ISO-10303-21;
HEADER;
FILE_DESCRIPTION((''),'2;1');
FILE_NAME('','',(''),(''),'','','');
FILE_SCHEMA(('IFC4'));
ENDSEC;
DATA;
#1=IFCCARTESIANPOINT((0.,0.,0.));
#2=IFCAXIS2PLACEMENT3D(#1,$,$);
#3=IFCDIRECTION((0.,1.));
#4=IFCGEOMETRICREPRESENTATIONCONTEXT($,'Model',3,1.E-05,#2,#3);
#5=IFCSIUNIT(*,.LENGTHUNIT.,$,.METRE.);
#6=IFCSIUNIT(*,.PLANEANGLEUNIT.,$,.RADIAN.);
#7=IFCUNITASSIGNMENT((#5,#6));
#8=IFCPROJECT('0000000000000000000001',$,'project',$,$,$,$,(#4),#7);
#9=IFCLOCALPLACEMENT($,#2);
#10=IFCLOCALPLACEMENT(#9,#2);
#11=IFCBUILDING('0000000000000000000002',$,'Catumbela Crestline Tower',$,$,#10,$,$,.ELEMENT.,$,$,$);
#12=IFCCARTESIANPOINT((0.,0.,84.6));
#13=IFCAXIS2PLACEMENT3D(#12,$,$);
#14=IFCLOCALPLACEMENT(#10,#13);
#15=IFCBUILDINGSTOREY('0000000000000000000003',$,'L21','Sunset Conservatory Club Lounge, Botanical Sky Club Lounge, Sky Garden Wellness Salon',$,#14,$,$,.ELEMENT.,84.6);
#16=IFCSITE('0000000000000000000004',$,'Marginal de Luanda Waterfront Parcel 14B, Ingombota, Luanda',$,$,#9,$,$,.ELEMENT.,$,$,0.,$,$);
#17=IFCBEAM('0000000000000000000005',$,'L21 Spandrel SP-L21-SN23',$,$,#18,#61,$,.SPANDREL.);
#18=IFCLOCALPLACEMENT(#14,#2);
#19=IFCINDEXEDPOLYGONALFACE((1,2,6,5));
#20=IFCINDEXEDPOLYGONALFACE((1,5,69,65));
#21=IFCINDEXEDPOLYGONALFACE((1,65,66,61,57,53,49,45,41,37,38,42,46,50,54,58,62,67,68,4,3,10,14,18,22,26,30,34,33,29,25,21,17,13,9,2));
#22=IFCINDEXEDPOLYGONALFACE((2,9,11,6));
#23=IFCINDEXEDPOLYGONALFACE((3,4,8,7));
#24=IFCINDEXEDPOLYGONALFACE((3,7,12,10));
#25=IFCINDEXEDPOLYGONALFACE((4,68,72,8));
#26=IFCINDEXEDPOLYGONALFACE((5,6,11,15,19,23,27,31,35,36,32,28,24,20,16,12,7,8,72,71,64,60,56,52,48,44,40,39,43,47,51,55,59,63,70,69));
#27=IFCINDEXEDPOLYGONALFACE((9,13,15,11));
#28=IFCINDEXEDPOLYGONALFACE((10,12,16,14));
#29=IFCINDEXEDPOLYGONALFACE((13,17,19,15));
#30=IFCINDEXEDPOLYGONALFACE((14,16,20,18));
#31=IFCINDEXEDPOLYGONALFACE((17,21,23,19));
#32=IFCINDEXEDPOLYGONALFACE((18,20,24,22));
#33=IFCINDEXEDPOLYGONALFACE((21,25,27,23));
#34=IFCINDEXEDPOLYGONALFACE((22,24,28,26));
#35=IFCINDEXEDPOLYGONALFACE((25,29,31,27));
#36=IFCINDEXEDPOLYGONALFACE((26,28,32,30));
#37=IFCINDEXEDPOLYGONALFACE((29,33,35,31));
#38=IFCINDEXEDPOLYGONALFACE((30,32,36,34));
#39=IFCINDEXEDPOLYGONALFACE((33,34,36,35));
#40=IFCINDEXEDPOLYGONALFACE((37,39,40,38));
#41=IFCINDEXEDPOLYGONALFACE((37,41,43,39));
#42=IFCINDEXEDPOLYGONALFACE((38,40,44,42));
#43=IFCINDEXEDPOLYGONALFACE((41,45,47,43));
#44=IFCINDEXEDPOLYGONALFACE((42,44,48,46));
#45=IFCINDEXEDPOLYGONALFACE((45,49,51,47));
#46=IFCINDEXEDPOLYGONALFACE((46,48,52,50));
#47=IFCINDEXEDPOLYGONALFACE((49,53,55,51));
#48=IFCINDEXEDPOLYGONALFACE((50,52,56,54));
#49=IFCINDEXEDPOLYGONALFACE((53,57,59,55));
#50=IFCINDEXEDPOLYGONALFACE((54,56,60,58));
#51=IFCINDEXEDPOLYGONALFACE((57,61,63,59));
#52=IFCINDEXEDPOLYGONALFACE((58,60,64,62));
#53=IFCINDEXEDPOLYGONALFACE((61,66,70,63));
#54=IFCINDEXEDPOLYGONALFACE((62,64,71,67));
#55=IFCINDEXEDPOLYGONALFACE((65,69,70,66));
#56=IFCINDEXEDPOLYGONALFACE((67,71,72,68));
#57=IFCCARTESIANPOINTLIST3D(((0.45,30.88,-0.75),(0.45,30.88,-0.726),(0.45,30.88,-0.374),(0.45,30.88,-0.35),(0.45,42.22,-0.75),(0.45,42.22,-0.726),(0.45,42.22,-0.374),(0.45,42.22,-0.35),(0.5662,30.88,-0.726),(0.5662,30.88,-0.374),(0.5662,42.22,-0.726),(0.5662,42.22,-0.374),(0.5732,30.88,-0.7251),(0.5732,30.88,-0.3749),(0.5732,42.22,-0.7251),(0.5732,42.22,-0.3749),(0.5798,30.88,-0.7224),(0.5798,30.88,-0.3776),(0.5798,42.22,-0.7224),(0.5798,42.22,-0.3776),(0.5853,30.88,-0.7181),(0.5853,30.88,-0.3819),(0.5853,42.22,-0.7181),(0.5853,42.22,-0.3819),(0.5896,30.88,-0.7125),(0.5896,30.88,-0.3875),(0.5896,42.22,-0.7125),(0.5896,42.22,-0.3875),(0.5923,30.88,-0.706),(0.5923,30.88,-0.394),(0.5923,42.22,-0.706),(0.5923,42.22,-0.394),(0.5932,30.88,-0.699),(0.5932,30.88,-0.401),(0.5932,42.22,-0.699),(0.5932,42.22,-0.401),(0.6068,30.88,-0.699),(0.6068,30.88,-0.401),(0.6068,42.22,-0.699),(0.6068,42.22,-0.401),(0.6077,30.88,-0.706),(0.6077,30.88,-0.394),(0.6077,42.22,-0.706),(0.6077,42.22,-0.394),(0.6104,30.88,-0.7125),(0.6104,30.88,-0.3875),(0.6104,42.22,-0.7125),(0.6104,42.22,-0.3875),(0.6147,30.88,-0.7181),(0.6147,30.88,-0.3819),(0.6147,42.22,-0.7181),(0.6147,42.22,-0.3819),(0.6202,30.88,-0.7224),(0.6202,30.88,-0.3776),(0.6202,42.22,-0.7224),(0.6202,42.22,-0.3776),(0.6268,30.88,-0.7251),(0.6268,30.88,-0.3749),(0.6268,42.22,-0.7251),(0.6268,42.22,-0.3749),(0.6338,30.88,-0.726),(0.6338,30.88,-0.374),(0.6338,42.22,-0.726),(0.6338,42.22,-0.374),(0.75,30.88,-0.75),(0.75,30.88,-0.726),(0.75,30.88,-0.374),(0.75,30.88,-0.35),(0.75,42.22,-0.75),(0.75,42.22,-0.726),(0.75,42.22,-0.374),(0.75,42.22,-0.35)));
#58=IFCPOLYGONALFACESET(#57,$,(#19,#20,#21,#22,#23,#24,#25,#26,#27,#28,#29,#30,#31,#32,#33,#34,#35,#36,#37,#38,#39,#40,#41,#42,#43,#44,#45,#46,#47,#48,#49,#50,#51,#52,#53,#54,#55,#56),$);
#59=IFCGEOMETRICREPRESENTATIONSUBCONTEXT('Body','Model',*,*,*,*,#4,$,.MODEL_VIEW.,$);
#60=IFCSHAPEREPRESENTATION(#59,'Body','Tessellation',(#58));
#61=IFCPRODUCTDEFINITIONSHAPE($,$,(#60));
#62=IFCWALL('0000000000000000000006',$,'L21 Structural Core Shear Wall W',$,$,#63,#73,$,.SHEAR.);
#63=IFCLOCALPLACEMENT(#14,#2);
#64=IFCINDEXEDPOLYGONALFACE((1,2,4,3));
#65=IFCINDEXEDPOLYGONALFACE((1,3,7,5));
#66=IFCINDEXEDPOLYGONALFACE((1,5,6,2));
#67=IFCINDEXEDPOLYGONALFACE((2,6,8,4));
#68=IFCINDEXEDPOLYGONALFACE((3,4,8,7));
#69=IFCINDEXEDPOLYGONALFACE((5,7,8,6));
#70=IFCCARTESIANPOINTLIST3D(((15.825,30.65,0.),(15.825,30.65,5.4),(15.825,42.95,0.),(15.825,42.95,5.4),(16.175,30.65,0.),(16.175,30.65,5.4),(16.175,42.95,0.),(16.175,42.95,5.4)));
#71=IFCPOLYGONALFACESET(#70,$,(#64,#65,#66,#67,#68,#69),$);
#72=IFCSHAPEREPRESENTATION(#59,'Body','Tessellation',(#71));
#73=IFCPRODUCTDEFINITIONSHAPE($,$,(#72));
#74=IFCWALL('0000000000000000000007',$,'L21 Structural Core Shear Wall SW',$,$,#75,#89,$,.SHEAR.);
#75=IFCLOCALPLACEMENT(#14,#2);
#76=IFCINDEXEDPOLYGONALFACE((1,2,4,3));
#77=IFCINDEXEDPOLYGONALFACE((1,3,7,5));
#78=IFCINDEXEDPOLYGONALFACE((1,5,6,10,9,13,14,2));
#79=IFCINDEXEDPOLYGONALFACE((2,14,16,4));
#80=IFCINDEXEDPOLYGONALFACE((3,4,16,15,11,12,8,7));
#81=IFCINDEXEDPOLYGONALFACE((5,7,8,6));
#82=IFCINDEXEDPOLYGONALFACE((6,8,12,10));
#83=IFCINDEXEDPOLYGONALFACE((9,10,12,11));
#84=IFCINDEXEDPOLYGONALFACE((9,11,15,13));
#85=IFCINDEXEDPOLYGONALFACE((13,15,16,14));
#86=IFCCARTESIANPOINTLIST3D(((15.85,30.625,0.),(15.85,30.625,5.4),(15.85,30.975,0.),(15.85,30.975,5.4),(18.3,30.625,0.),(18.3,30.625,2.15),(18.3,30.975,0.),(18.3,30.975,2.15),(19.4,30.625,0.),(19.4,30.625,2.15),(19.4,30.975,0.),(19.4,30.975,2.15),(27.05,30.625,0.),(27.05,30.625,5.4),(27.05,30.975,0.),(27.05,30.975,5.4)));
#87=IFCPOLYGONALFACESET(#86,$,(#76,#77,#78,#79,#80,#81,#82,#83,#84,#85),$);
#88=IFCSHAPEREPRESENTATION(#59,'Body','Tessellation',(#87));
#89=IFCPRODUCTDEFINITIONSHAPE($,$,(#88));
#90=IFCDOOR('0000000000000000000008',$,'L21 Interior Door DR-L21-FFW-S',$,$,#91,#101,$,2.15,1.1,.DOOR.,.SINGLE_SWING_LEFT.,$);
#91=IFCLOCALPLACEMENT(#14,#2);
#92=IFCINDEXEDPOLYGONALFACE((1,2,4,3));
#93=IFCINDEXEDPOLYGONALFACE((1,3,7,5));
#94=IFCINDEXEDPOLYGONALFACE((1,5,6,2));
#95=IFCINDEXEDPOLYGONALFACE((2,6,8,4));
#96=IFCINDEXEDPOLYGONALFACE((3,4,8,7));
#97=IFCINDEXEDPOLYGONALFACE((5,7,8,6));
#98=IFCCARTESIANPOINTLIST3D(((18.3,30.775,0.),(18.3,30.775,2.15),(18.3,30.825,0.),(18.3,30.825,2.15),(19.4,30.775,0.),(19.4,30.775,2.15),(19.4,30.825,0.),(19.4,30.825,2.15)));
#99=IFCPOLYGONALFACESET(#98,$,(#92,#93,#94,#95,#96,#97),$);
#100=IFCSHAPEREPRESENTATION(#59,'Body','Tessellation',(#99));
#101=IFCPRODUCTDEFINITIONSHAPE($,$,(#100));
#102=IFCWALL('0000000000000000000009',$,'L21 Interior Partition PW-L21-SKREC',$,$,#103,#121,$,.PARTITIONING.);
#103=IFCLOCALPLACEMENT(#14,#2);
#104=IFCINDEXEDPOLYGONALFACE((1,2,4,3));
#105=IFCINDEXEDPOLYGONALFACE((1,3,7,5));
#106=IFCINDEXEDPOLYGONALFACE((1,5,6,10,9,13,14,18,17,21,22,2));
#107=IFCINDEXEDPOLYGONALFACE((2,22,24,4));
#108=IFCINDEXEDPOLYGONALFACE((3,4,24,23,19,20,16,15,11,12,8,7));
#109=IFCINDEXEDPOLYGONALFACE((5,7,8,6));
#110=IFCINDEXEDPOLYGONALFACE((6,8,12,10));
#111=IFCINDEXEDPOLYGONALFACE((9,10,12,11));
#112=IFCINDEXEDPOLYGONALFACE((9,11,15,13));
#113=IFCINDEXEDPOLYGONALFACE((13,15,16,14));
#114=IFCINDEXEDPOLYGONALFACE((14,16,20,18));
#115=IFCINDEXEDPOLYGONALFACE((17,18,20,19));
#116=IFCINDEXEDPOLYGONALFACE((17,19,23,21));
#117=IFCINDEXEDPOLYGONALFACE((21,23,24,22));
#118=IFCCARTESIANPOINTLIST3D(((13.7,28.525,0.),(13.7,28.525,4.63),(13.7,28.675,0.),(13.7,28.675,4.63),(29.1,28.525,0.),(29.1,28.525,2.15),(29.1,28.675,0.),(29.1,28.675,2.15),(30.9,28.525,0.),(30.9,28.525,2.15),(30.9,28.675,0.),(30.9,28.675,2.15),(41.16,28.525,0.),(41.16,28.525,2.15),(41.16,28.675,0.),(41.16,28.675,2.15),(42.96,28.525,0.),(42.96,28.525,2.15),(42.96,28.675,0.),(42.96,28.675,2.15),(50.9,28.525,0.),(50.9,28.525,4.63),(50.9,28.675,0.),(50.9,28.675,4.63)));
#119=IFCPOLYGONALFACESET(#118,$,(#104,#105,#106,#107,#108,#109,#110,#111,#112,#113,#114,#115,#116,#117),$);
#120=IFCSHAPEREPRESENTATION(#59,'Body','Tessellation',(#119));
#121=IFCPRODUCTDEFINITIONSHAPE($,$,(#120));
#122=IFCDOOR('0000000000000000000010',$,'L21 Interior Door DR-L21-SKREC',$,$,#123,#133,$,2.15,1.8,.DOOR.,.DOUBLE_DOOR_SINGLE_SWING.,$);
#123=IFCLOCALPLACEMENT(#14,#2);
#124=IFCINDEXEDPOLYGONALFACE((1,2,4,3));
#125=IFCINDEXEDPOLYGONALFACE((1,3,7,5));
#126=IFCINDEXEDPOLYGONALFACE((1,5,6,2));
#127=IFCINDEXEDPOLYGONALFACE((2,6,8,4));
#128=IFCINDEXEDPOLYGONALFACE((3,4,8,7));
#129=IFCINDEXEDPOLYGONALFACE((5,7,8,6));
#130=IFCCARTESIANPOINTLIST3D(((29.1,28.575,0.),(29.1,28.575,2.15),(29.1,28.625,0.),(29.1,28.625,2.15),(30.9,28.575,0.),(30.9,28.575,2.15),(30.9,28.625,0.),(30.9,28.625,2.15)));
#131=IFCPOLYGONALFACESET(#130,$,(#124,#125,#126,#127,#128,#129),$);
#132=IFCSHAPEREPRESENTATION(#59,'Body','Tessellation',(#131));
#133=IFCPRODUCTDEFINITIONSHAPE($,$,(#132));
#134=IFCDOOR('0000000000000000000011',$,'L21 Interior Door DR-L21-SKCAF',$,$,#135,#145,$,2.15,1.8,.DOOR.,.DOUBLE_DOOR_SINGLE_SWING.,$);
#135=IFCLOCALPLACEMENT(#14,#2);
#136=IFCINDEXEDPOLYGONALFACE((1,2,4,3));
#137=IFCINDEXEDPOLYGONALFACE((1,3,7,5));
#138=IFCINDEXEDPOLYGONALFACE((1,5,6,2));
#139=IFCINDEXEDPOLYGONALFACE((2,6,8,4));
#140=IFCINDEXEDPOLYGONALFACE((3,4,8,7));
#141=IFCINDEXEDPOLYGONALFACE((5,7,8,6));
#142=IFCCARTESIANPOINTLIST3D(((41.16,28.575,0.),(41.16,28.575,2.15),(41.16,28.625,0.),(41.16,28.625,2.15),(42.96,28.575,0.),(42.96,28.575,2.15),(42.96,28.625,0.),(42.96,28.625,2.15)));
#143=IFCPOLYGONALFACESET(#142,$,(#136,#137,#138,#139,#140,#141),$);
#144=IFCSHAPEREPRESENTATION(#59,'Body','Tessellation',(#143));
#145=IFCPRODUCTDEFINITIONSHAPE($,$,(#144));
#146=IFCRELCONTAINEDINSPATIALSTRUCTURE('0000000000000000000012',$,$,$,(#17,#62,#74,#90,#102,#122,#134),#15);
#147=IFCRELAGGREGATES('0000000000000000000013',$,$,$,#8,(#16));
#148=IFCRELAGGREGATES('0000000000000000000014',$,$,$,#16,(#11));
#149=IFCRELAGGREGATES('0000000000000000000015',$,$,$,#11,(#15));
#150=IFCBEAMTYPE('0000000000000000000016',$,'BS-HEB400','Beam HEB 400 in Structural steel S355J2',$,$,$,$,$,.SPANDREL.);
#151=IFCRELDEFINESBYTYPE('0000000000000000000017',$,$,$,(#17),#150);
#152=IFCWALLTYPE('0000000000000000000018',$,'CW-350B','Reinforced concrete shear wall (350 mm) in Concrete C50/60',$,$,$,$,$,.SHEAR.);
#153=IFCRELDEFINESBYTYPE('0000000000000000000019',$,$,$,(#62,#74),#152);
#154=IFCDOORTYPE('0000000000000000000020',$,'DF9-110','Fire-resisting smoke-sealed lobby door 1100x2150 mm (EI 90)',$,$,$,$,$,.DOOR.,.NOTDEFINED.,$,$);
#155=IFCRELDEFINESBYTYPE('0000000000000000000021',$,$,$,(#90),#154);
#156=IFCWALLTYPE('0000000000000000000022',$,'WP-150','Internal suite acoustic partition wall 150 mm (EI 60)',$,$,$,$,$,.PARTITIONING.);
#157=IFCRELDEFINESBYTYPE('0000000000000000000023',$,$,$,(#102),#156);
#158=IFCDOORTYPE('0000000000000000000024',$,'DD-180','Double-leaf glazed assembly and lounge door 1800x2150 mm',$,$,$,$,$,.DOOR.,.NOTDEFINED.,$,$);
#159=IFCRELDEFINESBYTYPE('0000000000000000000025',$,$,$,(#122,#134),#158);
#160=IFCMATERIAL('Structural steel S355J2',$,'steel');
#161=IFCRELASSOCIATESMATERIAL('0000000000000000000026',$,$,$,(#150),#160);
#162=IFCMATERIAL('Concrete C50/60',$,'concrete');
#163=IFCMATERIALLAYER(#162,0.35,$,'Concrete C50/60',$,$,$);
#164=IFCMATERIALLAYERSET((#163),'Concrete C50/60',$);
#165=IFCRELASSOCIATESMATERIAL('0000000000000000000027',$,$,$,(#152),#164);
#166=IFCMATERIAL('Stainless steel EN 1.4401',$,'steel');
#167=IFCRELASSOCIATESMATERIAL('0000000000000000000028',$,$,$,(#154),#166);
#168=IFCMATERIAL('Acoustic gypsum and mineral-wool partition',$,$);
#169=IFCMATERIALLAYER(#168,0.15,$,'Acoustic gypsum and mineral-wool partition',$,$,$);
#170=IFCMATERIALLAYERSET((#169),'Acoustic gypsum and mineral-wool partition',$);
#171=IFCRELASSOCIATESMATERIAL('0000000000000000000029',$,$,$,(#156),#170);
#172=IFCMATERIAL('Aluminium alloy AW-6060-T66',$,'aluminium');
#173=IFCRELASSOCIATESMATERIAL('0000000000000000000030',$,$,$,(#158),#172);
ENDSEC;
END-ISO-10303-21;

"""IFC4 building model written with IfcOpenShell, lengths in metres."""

from ifc_helpers import new_model, si_unit, direction, frame, frame_2d, origin, origin_2d, place, context, subcontext, project, spatial, rectangle, i_section, extrude, material, layer, layer_set, material_profile, profile_set, type_object, element, fill, save


model = new_model("IFC4")

# Units and contexts
model_context = context("Model", 3, precision=1e-05, world=origin(), true_north=direction((0.0, 1.0)))
body_context = subcontext(model_context, "Body", "Model", "MODEL_VIEW")
ifc_project = project(units=[si_unit("LENGTHUNIT", "METRE"), si_unit("PLANEANGLEUNIT", "RADIAN")], contexts=[model_context])

# Site, building, storey
site_placement = place(None, origin())
site = spatial("IfcSite", under=ifc_project, at=site_placement, Name="Marginal de Luanda Waterfront Parcel 14B, Ingombota, Luanda", CompositionType="ELEMENT", RefElevation=0.0)
building_placement = place(site_placement, origin())
building = spatial("IfcBuilding", under=site, at=building_placement, Name="Catumbela Crestline Tower", CompositionType="ELEMENT")
storey_placement = place(building_placement, frame((0.0, 0.0, 84.6)))
storey = spatial("IfcBuildingStorey", under=building, at=storey_placement, Name="L21", Description="Sunset Conservatory Club Lounge, Botanical Sky Club Lounge, Sky Garden Wellness Salon", CompositionType="ELEMENT", Elevation=84.6)

# Shared definitions
ifc_material_1 = material(Name="Concrete C50/60", Category="concrete")

# Beam
ifc_material_2 = material(Name="Structural steel S355J2", Category="steel")
ifc_material_profile_1 = material_profile(ifc_material_2, i_section(OverallWidth=0.3, OverallDepth=0.4, WebThickness=0.0135, FlangeThickness=0.024, FilletRadius=0.027, at=origin_2d()), Name="HEB 400")
ifc_profile_set_1 = profile_set([ifc_material_profile_1], Name="Structural steel S355J2")
beam_type_1 = type_object("IfcBeamType", Name="BS-HEB400", Description="Beam HEB 400 in Structural steel S355J2", PredefinedType="SPANDREL", material=ifc_profile_set_1)
beam_1_placement = place(storey_placement, frame((0.6, 30.88, -0.55), z_axis=(0.0, 1.0, 0.0), x_axis=(-1.0, 0.0, 0.0)))
element("IfcBeam", 1, at=beam_1_placement, inside=storey, type_object=beam_type_1, Name="L21 Spandrel SP-L21-SN23", PredefinedType="SPANDREL", context=body_context, shape_type="SweptSolid", body=[
    extrude(i_section(OverallWidth=0.3, OverallDepth=0.4, WebThickness=0.0135, FlangeThickness=0.024, FilletRadius=0.027, at=origin_2d()), origin(), (0.0, 0.0, 1.0), 11.34),
])

# Wall
ifc_layer_1 = layer(ifc_material_1, 0.35, Name="Concrete C50/60")
ifc_layer_set_1 = layer_set([ifc_layer_1], Name="Concrete C50/60")
wall_type_1 = type_object("IfcWallType", Name="CW-350B", Description="Reinforced concrete shear wall (350 mm) in Concrete C50/60", PredefinedType="SHEAR", material=ifc_layer_set_1)
wall_1_placement = place(storey_placement, frame((16.0, 30.65, 0.0), z_axis=(0.0, 0.0, 1.0), x_axis=(0.0, 1.0, 0.0)))
element("IfcWall", 2, at=wall_1_placement, inside=storey, type_object=wall_type_1, Name="L21 Structural Core Shear Wall W", PredefinedType="SHEAR", context=body_context, shape_type="SweptSolid", body=[
    extrude(rectangle(XDim=12.3, YDim=0.35, at=frame_2d((6.15, 0.0))), origin(), (0.0, 0.0, 1.0), 5.4),
])

# Wall, opening, door
wall_2_placement = place(storey_placement, frame((15.85, 30.8, 0.0), z_axis=(0.0, 0.0, 1.0), x_axis=(1.0, 0.0, 0.0)))
wall_2 = element("IfcWall", 3, at=wall_2_placement, inside=storey, type_object=wall_type_1, Name="L21 Structural Core Shear Wall SW", PredefinedType="SHEAR", context=body_context, shape_type="SweptSolid", body=[
    extrude(rectangle(XDim=11.2, YDim=0.35, at=frame_2d((5.6, 0.0))), origin(), (0.0, 0.0, 1.0), 5.4),
])
opening_1_placement = place(wall_2_placement, frame((2.45, 0.0, 0.0)))
opening_1 = element("IfcOpeningElement", 4, at=opening_1_placement, cuts=wall_2, PredefinedType="OPENING", context=body_context, shape_type="SweptSolid", body=[
    extrude(rectangle(XDim=1.1, YDim=2.15, at=frame_2d((0.55, 1.075))), frame((0.0, 0.185, 0.0), z_axis=(0.0, -1.0, 0.0), x_axis=(1.0, 0.0, 0.0)), (0.0, 0.0, 1.0), 0.37),
])
ifc_material_3 = material(Name="Stainless steel EN 1.4401", Category="steel")
door_type_1 = type_object("IfcDoorType", Name="DF9-110", Description="Fire-resisting smoke-sealed lobby door 1100x2150 mm (EI 90)", OperationType="NOTDEFINED", PredefinedType="DOOR", material=ifc_material_3)
door_1_placement = place(opening_1_placement, origin())
door_1 = element("IfcDoor", 5, at=door_1_placement, inside=storey, type_object=door_type_1, Name="L21 Interior Door DR-L21-FFW-S", OperationType="SINGLE_SWING_LEFT", OverallHeight=2.15, OverallWidth=1.1, PredefinedType="DOOR", context=body_context, shape_type="SweptSolid", body=[
    extrude(rectangle(XDim=1.1, YDim=2.15, at=frame_2d((0.55, 1.075))), frame((0.0, 0.025, 0.0), z_axis=(0.0, -1.0, 0.0), x_axis=(1.0, 0.0, 0.0)), (0.0, 0.0, 1.0), 0.05),
])
fill(opening_1, door_1)

# Wall, openings, doors
ifc_material_4 = material(Name="Acoustic gypsum and mineral-wool partition")
ifc_layer_2 = layer(ifc_material_4, 0.15, Name="Acoustic gypsum and mineral-wool partition")
ifc_layer_set_2 = layer_set([ifc_layer_2], Name="Acoustic gypsum and mineral-wool partition")
wall_type_2 = type_object("IfcWallType", Name="WP-150", Description="Internal suite acoustic partition wall 150 mm (EI 60)", PredefinedType="PARTITIONING", material=ifc_layer_set_2)
wall_3_placement = place(storey_placement, frame((13.7, 28.6, 0.0), z_axis=(0.0, 0.0, 1.0), x_axis=(1.0, 0.0, 0.0)))
wall_3 = element("IfcWall", 6, at=wall_3_placement, inside=storey, type_object=wall_type_2, Name="L21 Interior Partition PW-L21-SKREC", PredefinedType="PARTITIONING", context=body_context, shape_type="SweptSolid", body=[
    extrude(rectangle(XDim=37.2, YDim=0.15, at=frame_2d((18.6, 0.0))), origin(), (0.0, 0.0, 1.0), 4.63),
])
opening_2_placement = place(wall_3_placement, frame((15.4, 0.0, 0.0)))
opening_2 = element("IfcOpeningElement", 7, at=opening_2_placement, cuts=wall_3, PredefinedType="OPENING", context=body_context, shape_type="SweptSolid", body=[
    extrude(rectangle(XDim=1.8, YDim=2.15, at=frame_2d((0.9, 1.075))), frame((0.0, 0.085, 0.0), z_axis=(0.0, -1.0, 0.0), x_axis=(1.0, 0.0, 0.0)), (0.0, 0.0, 1.0), 0.17),
])
opening_3_placement = place(wall_3_placement, frame((27.46, 0.0, 0.0)))
opening_3 = element("IfcOpeningElement", 8, at=opening_3_placement, cuts=wall_3, PredefinedType="OPENING", context=body_context, shape_type="SweptSolid", body=[
    extrude(rectangle(XDim=1.8, YDim=2.15, at=frame_2d((0.9, 1.075))), frame((0.0, 0.085, 0.0), z_axis=(0.0, -1.0, 0.0), x_axis=(1.0, 0.0, 0.0)), (0.0, 0.0, 1.0), 0.17),
])
ifc_material_5 = material(Name="Aluminium alloy AW-6060-T66", Category="aluminium")
door_type_2 = type_object("IfcDoorType", Name="DD-180", Description="Double-leaf glazed assembly and lounge door 1800x2150 mm", OperationType="NOTDEFINED", PredefinedType="DOOR", material=ifc_material_5)
door_2_placement = place(opening_2_placement, origin())
door_2 = element("IfcDoor", 9, at=door_2_placement, inside=storey, type_object=door_type_2, Name="L21 Interior Door DR-L21-SKREC", OperationType="DOUBLE_DOOR_SINGLE_SWING", OverallHeight=2.15, OverallWidth=1.8, PredefinedType="DOOR", context=body_context, shape_type="SweptSolid", body=[
    extrude(rectangle(XDim=1.8, YDim=2.15, at=frame_2d((0.9, 1.075))), frame((0.0, 0.025, 0.0), z_axis=(0.0, -1.0, 0.0), x_axis=(1.0, 0.0, 0.0)), (0.0, 0.0, 1.0), 0.05),
])
fill(opening_2, door_2)
door_3_placement = place(opening_3_placement, origin())
door_3 = element("IfcDoor", 10, at=door_3_placement, inside=storey, type_object=door_type_2, Name="L21 Interior Door DR-L21-SKCAF", OperationType="DOUBLE_DOOR_SINGLE_SWING", OverallHeight=2.15, OverallWidth=1.8, PredefinedType="DOOR", context=body_context, shape_type="SweptSolid", body=[
    extrude(rectangle(XDim=1.8, YDim=2.15, at=frame_2d((0.9, 1.075))), frame((0.0, 0.025, 0.0), z_axis=(0.0, -1.0, 0.0), x_axis=(1.0, 0.0, 0.0)), (0.0, 0.0, 1.0), 0.05),
])
fill(opening_3, door_3)

save(model, "model.ifc")
